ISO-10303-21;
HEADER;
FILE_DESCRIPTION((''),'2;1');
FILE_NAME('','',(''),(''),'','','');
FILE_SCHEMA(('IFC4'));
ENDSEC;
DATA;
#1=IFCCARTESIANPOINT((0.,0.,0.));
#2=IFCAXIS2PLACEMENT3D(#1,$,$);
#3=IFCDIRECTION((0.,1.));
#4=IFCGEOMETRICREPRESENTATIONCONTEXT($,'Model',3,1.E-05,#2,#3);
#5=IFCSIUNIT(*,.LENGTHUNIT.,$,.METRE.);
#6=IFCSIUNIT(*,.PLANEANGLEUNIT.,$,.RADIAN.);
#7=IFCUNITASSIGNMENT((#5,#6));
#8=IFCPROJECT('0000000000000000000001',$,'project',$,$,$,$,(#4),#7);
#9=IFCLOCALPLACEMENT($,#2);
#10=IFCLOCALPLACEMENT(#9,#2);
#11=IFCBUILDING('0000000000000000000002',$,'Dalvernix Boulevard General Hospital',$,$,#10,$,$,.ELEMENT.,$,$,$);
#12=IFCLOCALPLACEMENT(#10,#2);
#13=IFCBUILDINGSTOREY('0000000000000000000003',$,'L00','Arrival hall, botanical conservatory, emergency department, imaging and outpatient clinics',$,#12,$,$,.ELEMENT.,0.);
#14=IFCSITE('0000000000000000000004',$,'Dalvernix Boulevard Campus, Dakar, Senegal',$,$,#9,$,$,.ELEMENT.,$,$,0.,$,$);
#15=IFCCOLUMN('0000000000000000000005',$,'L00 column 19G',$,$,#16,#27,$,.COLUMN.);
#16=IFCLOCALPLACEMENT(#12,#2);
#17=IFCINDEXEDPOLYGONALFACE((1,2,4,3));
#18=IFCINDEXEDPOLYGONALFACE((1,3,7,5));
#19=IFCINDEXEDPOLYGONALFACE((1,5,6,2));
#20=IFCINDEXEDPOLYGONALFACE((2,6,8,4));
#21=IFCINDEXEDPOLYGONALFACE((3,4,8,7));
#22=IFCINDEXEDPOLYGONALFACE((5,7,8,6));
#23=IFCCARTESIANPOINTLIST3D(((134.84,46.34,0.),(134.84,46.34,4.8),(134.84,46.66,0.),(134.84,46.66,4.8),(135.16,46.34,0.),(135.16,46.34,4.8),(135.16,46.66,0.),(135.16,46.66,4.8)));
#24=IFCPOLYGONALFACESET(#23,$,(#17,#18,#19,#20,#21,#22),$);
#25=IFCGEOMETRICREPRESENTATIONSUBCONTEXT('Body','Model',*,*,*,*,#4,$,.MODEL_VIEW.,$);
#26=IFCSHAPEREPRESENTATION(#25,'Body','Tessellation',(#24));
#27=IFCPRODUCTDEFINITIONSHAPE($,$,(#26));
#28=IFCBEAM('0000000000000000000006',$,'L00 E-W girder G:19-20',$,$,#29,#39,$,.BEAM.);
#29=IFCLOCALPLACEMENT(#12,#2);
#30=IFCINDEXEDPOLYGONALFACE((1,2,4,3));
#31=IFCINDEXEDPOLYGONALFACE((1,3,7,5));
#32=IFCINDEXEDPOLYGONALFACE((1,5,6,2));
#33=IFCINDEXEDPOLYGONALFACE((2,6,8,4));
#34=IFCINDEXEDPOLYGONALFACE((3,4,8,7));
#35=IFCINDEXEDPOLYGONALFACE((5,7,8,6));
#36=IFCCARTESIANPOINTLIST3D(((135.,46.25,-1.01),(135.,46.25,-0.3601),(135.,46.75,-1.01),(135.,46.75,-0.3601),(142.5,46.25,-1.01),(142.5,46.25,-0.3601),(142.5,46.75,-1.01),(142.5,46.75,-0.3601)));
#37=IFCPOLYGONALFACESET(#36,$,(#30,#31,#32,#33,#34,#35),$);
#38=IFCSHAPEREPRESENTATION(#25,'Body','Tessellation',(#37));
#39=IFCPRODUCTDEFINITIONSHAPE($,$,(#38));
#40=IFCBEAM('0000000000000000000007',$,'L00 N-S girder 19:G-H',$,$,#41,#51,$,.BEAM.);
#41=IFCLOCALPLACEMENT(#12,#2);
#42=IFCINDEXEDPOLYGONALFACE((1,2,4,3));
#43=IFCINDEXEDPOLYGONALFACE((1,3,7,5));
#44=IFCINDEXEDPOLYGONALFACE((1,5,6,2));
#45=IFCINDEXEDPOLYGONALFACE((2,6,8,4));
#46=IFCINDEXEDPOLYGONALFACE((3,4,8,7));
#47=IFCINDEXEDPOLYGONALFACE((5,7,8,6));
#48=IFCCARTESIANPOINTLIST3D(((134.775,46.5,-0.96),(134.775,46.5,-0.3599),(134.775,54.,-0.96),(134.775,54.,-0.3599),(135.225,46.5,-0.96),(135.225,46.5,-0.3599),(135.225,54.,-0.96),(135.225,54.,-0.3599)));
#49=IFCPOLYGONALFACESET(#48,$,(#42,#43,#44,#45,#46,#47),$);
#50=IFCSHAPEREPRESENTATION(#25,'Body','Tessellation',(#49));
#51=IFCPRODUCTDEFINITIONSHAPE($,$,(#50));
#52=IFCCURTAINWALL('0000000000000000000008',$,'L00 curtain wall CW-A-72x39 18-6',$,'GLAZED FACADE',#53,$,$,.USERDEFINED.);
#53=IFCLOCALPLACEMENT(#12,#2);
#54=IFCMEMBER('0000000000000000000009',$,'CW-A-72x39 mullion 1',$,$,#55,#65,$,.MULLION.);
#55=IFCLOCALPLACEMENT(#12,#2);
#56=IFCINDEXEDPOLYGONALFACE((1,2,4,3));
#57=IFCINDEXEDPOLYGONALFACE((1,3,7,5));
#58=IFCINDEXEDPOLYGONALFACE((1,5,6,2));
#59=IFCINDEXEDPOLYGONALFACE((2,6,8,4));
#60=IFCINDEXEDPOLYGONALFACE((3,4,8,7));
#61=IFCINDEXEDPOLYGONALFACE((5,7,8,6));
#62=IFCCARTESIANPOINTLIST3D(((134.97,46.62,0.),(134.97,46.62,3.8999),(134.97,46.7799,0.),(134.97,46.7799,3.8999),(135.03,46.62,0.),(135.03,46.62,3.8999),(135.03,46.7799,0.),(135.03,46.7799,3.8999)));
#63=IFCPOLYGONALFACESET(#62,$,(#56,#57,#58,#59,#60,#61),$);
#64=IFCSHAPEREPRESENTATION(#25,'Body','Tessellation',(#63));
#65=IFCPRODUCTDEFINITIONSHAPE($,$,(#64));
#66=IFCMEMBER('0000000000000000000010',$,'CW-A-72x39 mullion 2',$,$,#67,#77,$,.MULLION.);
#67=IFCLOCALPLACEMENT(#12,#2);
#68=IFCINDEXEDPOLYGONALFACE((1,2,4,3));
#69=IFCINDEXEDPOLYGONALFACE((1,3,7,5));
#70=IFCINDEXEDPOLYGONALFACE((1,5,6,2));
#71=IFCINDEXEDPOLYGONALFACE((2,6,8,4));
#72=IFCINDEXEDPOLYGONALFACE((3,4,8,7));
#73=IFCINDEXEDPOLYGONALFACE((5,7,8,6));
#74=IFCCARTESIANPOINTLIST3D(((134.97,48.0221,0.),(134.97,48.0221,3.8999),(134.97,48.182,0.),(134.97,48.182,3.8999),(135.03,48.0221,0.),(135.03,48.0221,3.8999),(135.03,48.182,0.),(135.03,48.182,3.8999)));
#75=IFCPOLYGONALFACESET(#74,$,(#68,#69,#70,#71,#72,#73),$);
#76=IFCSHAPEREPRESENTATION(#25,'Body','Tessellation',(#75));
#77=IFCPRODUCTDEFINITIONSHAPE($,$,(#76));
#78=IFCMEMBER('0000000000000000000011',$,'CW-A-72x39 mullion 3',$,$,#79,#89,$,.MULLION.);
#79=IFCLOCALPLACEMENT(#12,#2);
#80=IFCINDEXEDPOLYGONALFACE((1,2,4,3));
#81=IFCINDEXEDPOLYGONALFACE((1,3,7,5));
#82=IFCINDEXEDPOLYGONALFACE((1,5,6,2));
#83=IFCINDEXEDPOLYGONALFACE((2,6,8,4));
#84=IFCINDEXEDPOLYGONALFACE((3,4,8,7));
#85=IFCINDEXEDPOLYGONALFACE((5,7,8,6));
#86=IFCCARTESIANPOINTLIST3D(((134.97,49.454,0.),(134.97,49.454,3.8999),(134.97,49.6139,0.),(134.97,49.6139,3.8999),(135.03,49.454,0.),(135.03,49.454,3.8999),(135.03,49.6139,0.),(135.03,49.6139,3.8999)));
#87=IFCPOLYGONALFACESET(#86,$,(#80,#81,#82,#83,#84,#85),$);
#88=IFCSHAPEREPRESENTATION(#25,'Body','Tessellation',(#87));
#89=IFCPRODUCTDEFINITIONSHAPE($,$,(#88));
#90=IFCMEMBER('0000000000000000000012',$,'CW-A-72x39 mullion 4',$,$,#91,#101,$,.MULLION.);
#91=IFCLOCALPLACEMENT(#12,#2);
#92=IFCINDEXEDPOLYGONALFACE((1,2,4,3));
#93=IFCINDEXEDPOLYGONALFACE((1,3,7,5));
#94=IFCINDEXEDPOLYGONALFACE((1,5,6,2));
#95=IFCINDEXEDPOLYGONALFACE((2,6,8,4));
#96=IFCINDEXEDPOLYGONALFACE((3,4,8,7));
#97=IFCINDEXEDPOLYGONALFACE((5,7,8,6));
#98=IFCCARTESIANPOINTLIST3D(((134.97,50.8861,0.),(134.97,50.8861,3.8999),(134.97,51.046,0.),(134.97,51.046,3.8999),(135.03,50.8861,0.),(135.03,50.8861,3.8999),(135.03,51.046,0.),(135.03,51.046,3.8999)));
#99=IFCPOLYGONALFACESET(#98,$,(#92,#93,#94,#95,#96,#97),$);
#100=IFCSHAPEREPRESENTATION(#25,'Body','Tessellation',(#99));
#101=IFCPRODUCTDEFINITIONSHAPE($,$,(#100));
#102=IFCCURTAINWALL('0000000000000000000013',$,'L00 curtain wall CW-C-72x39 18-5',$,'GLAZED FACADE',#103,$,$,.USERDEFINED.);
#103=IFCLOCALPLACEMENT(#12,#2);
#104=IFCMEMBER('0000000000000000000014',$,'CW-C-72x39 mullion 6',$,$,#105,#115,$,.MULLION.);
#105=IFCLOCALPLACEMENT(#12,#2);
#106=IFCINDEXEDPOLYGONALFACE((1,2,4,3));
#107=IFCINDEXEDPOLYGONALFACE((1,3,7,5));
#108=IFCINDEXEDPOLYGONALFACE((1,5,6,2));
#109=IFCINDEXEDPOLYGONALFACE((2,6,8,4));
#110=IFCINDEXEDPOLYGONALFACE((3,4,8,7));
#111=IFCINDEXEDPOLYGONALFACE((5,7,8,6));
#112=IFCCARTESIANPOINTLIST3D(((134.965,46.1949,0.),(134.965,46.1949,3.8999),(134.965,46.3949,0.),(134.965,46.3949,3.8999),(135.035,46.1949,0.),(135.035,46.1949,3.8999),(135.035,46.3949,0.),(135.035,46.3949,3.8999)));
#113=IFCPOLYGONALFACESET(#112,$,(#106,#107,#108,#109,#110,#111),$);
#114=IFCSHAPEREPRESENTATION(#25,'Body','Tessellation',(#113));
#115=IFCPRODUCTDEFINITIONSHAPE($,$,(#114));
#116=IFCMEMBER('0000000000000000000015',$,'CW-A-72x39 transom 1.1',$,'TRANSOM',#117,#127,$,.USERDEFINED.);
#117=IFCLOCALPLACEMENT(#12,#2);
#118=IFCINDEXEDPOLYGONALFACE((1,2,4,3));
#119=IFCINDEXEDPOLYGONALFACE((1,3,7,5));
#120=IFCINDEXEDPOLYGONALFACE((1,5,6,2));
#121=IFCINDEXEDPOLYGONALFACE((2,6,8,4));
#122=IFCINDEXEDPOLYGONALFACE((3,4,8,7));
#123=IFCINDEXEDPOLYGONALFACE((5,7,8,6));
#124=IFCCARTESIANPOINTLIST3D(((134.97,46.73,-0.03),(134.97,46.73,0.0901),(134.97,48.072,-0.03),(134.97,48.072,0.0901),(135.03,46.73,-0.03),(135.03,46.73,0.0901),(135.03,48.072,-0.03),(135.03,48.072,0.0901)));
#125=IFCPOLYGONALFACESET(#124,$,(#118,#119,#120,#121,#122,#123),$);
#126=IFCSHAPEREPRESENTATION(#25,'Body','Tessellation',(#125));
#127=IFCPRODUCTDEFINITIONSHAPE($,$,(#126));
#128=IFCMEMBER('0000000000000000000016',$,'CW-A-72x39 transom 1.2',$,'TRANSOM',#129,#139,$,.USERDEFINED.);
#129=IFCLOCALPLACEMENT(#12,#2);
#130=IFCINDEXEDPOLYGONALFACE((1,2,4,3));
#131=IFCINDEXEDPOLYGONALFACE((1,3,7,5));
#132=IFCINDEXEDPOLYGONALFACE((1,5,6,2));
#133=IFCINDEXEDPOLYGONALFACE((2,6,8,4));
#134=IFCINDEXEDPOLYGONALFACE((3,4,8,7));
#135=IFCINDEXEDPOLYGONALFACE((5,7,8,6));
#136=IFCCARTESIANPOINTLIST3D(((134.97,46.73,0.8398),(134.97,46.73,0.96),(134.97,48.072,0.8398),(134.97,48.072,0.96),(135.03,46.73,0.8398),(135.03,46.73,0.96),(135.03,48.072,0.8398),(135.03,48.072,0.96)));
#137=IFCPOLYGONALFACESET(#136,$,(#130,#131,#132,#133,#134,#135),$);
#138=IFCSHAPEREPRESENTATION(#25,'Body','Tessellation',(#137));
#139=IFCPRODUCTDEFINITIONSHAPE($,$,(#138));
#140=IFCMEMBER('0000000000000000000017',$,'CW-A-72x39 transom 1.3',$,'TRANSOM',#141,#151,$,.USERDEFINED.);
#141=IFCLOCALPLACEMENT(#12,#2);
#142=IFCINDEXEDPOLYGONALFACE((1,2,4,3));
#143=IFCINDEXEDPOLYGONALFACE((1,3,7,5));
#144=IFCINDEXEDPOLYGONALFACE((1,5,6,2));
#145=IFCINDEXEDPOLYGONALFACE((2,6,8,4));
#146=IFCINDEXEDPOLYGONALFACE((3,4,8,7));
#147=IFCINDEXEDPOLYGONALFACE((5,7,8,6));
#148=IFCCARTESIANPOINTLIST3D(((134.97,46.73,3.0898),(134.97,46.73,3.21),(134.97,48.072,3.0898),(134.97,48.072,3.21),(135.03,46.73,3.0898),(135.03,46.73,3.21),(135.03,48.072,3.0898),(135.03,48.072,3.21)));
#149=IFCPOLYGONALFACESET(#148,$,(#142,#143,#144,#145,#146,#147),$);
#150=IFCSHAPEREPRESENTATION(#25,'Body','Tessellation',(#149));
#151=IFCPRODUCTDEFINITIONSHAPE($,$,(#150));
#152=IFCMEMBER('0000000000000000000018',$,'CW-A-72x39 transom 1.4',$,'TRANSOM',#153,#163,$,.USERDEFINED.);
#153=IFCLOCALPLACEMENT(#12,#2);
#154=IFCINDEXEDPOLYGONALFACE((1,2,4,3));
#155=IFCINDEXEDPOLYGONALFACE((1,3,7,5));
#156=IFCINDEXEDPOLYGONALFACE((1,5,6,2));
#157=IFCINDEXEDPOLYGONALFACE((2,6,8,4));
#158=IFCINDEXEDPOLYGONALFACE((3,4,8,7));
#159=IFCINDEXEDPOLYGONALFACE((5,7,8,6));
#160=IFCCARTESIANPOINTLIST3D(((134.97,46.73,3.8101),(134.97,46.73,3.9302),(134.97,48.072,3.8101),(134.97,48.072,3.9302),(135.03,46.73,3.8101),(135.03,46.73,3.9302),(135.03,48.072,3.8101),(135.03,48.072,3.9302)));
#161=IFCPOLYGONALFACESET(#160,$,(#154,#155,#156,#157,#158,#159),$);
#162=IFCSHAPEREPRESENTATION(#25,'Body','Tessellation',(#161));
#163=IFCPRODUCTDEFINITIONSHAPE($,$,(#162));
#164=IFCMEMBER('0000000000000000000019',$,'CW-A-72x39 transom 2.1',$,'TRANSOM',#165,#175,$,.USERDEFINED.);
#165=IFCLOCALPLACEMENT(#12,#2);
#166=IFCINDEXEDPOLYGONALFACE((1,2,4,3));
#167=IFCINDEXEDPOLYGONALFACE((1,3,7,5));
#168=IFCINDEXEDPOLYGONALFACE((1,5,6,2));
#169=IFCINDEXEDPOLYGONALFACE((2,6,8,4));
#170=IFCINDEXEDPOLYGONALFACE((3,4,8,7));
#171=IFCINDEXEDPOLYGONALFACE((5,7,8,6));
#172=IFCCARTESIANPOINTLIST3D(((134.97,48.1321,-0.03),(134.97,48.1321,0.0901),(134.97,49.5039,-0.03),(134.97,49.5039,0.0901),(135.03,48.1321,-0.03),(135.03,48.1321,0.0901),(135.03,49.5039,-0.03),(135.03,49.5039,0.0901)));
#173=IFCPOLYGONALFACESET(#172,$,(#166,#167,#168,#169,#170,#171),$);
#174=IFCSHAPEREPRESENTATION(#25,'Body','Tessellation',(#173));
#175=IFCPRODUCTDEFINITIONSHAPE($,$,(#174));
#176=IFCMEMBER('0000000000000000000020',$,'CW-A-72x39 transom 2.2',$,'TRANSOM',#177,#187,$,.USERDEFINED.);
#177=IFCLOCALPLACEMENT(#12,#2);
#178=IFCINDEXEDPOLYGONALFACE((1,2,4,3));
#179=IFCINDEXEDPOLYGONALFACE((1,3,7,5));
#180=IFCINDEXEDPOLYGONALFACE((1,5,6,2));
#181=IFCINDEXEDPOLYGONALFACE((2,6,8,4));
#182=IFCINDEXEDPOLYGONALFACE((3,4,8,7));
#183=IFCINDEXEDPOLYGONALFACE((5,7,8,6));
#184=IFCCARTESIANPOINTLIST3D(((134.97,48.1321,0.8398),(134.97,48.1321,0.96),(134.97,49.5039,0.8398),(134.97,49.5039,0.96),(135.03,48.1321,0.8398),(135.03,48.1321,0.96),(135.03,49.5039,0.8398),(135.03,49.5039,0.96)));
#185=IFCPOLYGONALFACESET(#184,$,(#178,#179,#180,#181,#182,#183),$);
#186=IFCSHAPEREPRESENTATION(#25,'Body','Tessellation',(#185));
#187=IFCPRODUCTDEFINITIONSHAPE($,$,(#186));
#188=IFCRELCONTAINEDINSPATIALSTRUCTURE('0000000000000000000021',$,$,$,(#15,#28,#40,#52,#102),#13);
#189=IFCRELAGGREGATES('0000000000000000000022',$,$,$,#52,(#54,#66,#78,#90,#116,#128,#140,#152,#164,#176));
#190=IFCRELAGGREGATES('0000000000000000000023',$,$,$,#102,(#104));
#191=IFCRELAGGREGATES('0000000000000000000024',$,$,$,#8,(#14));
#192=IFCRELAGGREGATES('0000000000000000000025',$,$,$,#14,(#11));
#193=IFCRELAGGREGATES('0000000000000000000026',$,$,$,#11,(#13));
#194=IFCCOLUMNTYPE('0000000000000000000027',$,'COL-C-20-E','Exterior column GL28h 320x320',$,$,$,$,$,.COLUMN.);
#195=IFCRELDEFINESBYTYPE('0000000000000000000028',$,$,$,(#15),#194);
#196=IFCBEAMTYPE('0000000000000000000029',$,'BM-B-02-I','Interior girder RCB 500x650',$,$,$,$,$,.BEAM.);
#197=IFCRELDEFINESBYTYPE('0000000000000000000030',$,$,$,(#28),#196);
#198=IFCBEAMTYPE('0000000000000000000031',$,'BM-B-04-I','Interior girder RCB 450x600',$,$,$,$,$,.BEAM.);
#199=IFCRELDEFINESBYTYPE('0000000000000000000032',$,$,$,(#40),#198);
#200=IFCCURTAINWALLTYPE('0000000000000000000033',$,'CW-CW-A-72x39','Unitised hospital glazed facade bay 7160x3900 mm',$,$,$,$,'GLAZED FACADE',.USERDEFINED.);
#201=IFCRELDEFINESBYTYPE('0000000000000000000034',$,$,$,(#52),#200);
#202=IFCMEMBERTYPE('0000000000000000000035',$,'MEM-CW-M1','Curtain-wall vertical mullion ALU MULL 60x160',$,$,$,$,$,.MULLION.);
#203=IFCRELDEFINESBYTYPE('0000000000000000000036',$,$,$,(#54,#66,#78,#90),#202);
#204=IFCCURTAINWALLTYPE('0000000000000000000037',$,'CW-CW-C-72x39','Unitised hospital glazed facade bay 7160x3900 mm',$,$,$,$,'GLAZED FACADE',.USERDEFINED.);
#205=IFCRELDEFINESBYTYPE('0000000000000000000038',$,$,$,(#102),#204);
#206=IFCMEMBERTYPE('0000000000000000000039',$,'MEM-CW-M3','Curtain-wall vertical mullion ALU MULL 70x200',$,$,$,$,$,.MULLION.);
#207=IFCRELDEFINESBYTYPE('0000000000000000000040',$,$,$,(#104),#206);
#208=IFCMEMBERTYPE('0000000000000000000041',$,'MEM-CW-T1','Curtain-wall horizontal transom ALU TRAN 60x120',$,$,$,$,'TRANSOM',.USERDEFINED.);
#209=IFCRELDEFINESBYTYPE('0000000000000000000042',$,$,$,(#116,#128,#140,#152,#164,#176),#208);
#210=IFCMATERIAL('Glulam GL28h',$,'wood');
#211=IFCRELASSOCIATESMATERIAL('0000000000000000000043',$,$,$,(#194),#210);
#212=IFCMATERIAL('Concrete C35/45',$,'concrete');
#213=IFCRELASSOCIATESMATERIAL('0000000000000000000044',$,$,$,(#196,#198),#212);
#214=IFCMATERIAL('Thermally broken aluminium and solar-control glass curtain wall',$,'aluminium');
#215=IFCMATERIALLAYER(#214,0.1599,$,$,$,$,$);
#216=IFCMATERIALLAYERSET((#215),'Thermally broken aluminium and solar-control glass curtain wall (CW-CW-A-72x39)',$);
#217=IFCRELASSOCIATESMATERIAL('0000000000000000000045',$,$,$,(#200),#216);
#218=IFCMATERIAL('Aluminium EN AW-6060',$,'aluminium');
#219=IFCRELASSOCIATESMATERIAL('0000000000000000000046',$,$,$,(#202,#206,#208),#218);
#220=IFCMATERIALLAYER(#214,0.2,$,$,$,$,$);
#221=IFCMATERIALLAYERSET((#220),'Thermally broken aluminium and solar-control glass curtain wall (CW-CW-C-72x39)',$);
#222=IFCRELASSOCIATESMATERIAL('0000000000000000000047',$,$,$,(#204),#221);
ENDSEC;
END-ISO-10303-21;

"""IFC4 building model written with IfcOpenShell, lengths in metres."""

from ifc_helpers import new_model, si_unit, direction, frame, origin, origin_2d, place, context, subcontext, project, spatial, rectangle, extrude, material, layer, layer_set, material_profile, profile_set, type_object, element, aggregate, save


model = new_model("IFC4")

# Units and contexts
model_context = context("Model", 3, precision=1e-05, world=origin(), true_north=direction((0.0, 1.0)))
body_context = subcontext(model_context, "Body", "Model", "MODEL_VIEW")
ifc_project = project(units=[si_unit("LENGTHUNIT", "METRE"), si_unit("PLANEANGLEUNIT", "RADIAN")], contexts=[model_context])

# Site, building, storey
site_placement = place(None, origin())
site = spatial("IfcSite", under=ifc_project, at=site_placement, Name="Dalvernix Boulevard Campus, Dakar, Senegal", CompositionType="ELEMENT", RefElevation=0.0)
building_placement = place(site_placement, origin())
building = spatial("IfcBuilding", under=site, at=building_placement, Name="Dalvernix Boulevard General Hospital", CompositionType="ELEMENT")
storey_placement = place(building_placement, origin())
storey = spatial("IfcBuildingStorey", under=building, at=storey_placement, Name="L00", Description="Arrival hall, botanical conservatory, emergency department, imaging and outpatient clinics", CompositionType="ELEMENT", Elevation=0.0)

# Column
ifc_material_1 = material(Name="Glulam GL28h", Category="wood")
ifc_material_profile_1 = material_profile(ifc_material_1, rectangle(XDim=0.3201, YDim=0.3201, at=origin_2d()), Name="GL28h 320x320")
ifc_profile_set_1 = profile_set([ifc_material_profile_1], Name="Glulam GL28h")
column_type = type_object("IfcColumnType", Name="COL-C-20-E", Description="Exterior column GL28h 320x320", PredefinedType="COLUMN", material=ifc_profile_set_1)
column_placement = place(storey_placement, frame((135.0, 46.5, 0.0), z_axis=(0.0, 0.0, 1.0), x_axis=(1.0, 0.0, 0.0)))
element("IfcColumn", 1, at=column_placement, inside=storey, type_object=column_type, Name="L00 column 19G", PredefinedType="COLUMN", context=body_context, shape_type="SweptSolid", body=[
    extrude(rectangle(XDim=0.3201, YDim=0.3201, at=origin_2d()), origin(), (0.0, 0.0, 1.0), 4.8),
])

# Beams
ifc_material_2 = material(Name="Concrete C35/45", Category="concrete")
ifc_material_profile_2 = material_profile(ifc_material_2, rectangle(XDim=0.5, YDim=0.6499, at=origin_2d()), Name="RCB 500x650")
ifc_profile_set_2 = profile_set([ifc_material_profile_2], Name="Concrete C35/45")
beam_type_1 = type_object("IfcBeamType", Name="BM-B-02-I", Description="Interior girder RCB 500x650", PredefinedType="BEAM", material=ifc_profile_set_2)
beam_1_placement = place(storey_placement, frame((135.0, 46.5, -0.6851), z_axis=(1.0, 0.0, 0.0), x_axis=(0.0, 1.0, 0.0)))
element("IfcBeam", 2, at=beam_1_placement, inside=storey, type_object=beam_type_1, Name="L00 E-W girder G:19-20", PredefinedType="BEAM", context=body_context, shape_type="SweptSolid", body=[
    extrude(rectangle(XDim=0.5, YDim=0.6499, at=origin_2d()), origin(), (0.0, 0.0, 1.0), 7.5),
])
ifc_material_profile_3 = material_profile(ifc_material_2, rectangle(XDim=0.45, YDim=0.6001, at=origin_2d()), Name="RCB 450x600")
ifc_profile_set_3 = profile_set([ifc_material_profile_3], Name="Concrete C35/45")
beam_type_2 = type_object("IfcBeamType", Name="BM-B-04-I", Description="Interior girder RCB 450x600", PredefinedType="BEAM", material=ifc_profile_set_3)
beam_2_placement = place(storey_placement, frame((135.0, 46.5, -0.6599), z_axis=(0.0, 1.0, 0.0), x_axis=(-1.0, 0.0, 0.0)))
element("IfcBeam", 3, at=beam_2_placement, inside=storey, type_object=beam_type_2, Name="L00 N-S girder 19:G-H", PredefinedType="BEAM", context=body_context, shape_type="SweptSolid", body=[
    extrude(rectangle(XDim=0.45, YDim=0.6001, at=origin_2d()), origin(), (0.0, 0.0, 1.0), 7.5),
])

# Curtain wall, members
ifc_material_3 = material(Name="Thermally broken aluminium and solar-control glass curtain wall", Category="aluminium")
ifc_layer_1 = layer(ifc_material_3, 0.1599)
ifc_layer_set_1 = layer_set([ifc_layer_1], Name="Thermally broken aluminium and solar-control glass curtain wall (CW-CW-A-72x39)")
curtain_wall_type_1 = type_object("IfcCurtainWallType", Name="CW-CW-A-72x39", Description="Unitised hospital glazed facade bay 7160x3900 mm", ElementType="GLAZED FACADE", PredefinedType="USERDEFINED", material=ifc_layer_set_1)
curtain_wall_1_placement = place(storey_placement, origin())
curtain_wall_1 = element("IfcCurtainWall", 4, at=curtain_wall_1_placement, inside=storey, type_object=curtain_wall_type_1, Name="L00 curtain wall CW-A-72x39 18-6", ObjectType="GLAZED FACADE", PredefinedType="USERDEFINED")
ifc_material_4 = material(Name="Aluminium EN AW-6060", Category="aluminium")
ifc_material_profile_4 = material_profile(ifc_material_4, rectangle(XDim=0.0601, YDim=0.1599, at=origin_2d()), Name="ALU MULL 60x160")
ifc_profile_set_4 = profile_set([ifc_material_profile_4], Name="Aluminium EN AW-6060")
member_type_1 = type_object("IfcMemberType", Name="MEM-CW-M1", Description="Curtain-wall vertical mullion ALU MULL 60x160", PredefinedType="MULLION", material=ifc_profile_set_4)
member_1_placement = place(storey_placement, frame((135.0, 46.7, 0.0), z_axis=(0.0, 0.0, 1.0), x_axis=(-1.0, 0.0, 0.0)))
member_1 = element("IfcMember", 5, at=member_1_placement, type_object=member_type_1, Name="CW-A-72x39 mullion 1", PredefinedType="MULLION", context=body_context, shape_type="SweptSolid", body=[
    extrude(rectangle(XDim=0.0601, YDim=0.1599, at=origin_2d()), origin(), (0.0, 0.0, 1.0), 3.8999),
])
member_2_placement = place(storey_placement, frame((135.0, 48.1021, 0.0), z_axis=(0.0, 0.0, 1.0), x_axis=(-1.0, 0.0, 0.0)))
member_2 = element("IfcMember", 6, at=member_2_placement, type_object=member_type_1, Name="CW-A-72x39 mullion 2", PredefinedType="MULLION", context=body_context, shape_type="SweptSolid", body=[
    extrude(rectangle(XDim=0.0601, YDim=0.1599, at=origin_2d()), origin(), (0.0, 0.0, 1.0), 3.8999),
])
member_3_placement = place(storey_placement, frame((135.0, 49.5339, 0.0), z_axis=(0.0, 0.0, 1.0), x_axis=(-1.0, 0.0, 0.0)))
member_3 = element("IfcMember", 7, at=member_3_placement, type_object=member_type_1, Name="CW-A-72x39 mullion 3", PredefinedType="MULLION", context=body_context, shape_type="SweptSolid", body=[
    extrude(rectangle(XDim=0.0601, YDim=0.1599, at=origin_2d()), origin(), (0.0, 0.0, 1.0), 3.8999),
])
member_4_placement = place(storey_placement, frame((135.0, 50.9661, 0.0), z_axis=(0.0, 0.0, 1.0), x_axis=(-1.0, 0.0, 0.0)))
member_4 = element("IfcMember", 8, at=member_4_placement, type_object=member_type_1, Name="CW-A-72x39 mullion 4", PredefinedType="MULLION", context=body_context, shape_type="SweptSolid", body=[
    extrude(rectangle(XDim=0.0601, YDim=0.1599, at=origin_2d()), origin(), (0.0, 0.0, 1.0), 3.8999),
])

# Curtain wall, member
ifc_layer_2 = layer(ifc_material_3, 0.2)
ifc_layer_set_2 = layer_set([ifc_layer_2], Name="Thermally broken aluminium and solar-control glass curtain wall (CW-CW-C-72x39)")
curtain_wall_type_2 = type_object("IfcCurtainWallType", Name="CW-CW-C-72x39", Description="Unitised hospital glazed facade bay 7160x3900 mm", ElementType="GLAZED FACADE", PredefinedType="USERDEFINED", material=ifc_layer_set_2)
curtain_wall_2_placement = place(storey_placement, origin())
curtain_wall_2 = element("IfcCurtainWall", 9, at=curtain_wall_2_placement, inside=storey, type_object=curtain_wall_type_2, Name="L00 curtain wall CW-C-72x39 18-5", ObjectType="GLAZED FACADE", PredefinedType="USERDEFINED")
ifc_material_profile_5 = material_profile(ifc_material_4, rectangle(XDim=0.0701, YDim=0.2, at=origin_2d()), Name="ALU MULL 70x200")
ifc_profile_set_5 = profile_set([ifc_material_profile_5], Name="Aluminium EN AW-6060")
member_type_2 = type_object("IfcMemberType", Name="MEM-CW-M3", Description="Curtain-wall vertical mullion ALU MULL 70x200", PredefinedType="MULLION", material=ifc_profile_set_5)
member_5_placement = place(storey_placement, frame((135.0, 46.2949, 0.0), z_axis=(0.0, 0.0, 1.0), x_axis=(-1.0, 0.0, 0.0)))
member_5 = element("IfcMember", 10, at=member_5_placement, type_object=member_type_2, Name="CW-C-72x39 mullion 6", PredefinedType="MULLION", context=body_context, shape_type="SweptSolid", body=[
    extrude(rectangle(XDim=0.0701, YDim=0.2, at=origin_2d()), origin(), (0.0, 0.0, 1.0), 3.8999),
])

# Members
ifc_material_profile_6 = material_profile(ifc_material_4, rectangle(XDim=0.0601, YDim=0.1201, at=origin_2d()), Name="ALU TRAN 60x120")
ifc_profile_set_6 = profile_set([ifc_material_profile_6], Name="Aluminium EN AW-6060")
member_type_3 = type_object("IfcMemberType", Name="MEM-CW-T1", Description="Curtain-wall horizontal transom ALU TRAN 60x120", ElementType="TRANSOM", PredefinedType="USERDEFINED", material=ifc_profile_set_6)
member_6_placement = place(storey_placement, frame((135.0, 46.73, 0.03), z_axis=(0.0, 1.0, 0.0), x_axis=(-1.0, 0.0, 0.0)))
member_6 = element("IfcMember", 11, at=member_6_placement, type_object=member_type_3, Name="CW-A-72x39 transom 1.1", ObjectType="TRANSOM", PredefinedType="USERDEFINED", context=body_context, shape_type="SweptSolid", body=[
    extrude(rectangle(XDim=0.0601, YDim=0.1201, at=origin_2d()), origin(), (0.0, 0.0, 1.0), 1.342),
])
member_7_placement = place(storey_placement, frame((135.0, 46.73, 0.8999), z_axis=(0.0, 1.0, 0.0), x_axis=(-1.0, 0.0, 0.0)))
member_7 = element("IfcMember", 12, at=member_7_placement, type_object=member_type_3, Name="CW-A-72x39 transom 1.2", ObjectType="TRANSOM", PredefinedType="USERDEFINED", context=body_context, shape_type="SweptSolid", body=[
    extrude(rectangle(XDim=0.0601, YDim=0.1201, at=origin_2d()), origin(), (0.0, 0.0, 1.0), 1.342),
])
member_8_placement = place(storey_placement, frame((135.0, 46.73, 3.1499), z_axis=(0.0, 1.0, 0.0), x_axis=(-1.0, 0.0, 0.0)))
member_8 = element("IfcMember", 13, at=member_8_placement, type_object=member_type_3, Name="CW-A-72x39 transom 1.3", ObjectType="TRANSOM", PredefinedType="USERDEFINED", context=body_context, shape_type="SweptSolid", body=[
    extrude(rectangle(XDim=0.0601, YDim=0.1201, at=origin_2d()), origin(), (0.0, 0.0, 1.0), 1.342),
])
member_9_placement = place(storey_placement, frame((135.0, 46.73, 3.8701), z_axis=(0.0, 1.0, 0.0), x_axis=(-1.0, 0.0, 0.0)))
member_9 = element("IfcMember", 14, at=member_9_placement, type_object=member_type_3, Name="CW-A-72x39 transom 1.4", ObjectType="TRANSOM", PredefinedType="USERDEFINED", context=body_context, shape_type="SweptSolid", body=[
    extrude(rectangle(XDim=0.0601, YDim=0.1201, at=origin_2d()), origin(), (0.0, 0.0, 1.0), 1.342),
])
member_10_placement = place(storey_placement, frame((135.0, 48.1321, 0.03), z_axis=(0.0, 1.0, 0.0), x_axis=(-1.0, 0.0, 0.0)))
member_10 = element("IfcMember", 15, at=member_10_placement, type_object=member_type_3, Name="CW-A-72x39 transom 2.1", ObjectType="TRANSOM", PredefinedType="USERDEFINED", context=body_context, shape_type="SweptSolid", body=[
    extrude(rectangle(XDim=0.0601, YDim=0.1201, at=origin_2d()), origin(), (0.0, 0.0, 1.0), 1.3718),
])
member_11_placement = place(storey_placement, frame((135.0, 48.1321, 0.8999), z_axis=(0.0, 1.0, 0.0), x_axis=(-1.0, 0.0, 0.0)))
member_11 = element("IfcMember", 16, at=member_11_placement, type_object=member_type_3, Name="CW-A-72x39 transom 2.2", ObjectType="TRANSOM", PredefinedType="USERDEFINED", context=body_context, shape_type="SweptSolid", body=[
    extrude(rectangle(XDim=0.0601, YDim=0.1201, at=origin_2d()), origin(), (0.0, 0.0, 1.0), 1.3718),
])

aggregate(curtain_wall_1, [member_1, member_2, member_3, member_4, member_6, member_7, member_8, member_9, member_10, member_11])
aggregate(curtain_wall_2, [member_5])

save(model, "model.ifc")
